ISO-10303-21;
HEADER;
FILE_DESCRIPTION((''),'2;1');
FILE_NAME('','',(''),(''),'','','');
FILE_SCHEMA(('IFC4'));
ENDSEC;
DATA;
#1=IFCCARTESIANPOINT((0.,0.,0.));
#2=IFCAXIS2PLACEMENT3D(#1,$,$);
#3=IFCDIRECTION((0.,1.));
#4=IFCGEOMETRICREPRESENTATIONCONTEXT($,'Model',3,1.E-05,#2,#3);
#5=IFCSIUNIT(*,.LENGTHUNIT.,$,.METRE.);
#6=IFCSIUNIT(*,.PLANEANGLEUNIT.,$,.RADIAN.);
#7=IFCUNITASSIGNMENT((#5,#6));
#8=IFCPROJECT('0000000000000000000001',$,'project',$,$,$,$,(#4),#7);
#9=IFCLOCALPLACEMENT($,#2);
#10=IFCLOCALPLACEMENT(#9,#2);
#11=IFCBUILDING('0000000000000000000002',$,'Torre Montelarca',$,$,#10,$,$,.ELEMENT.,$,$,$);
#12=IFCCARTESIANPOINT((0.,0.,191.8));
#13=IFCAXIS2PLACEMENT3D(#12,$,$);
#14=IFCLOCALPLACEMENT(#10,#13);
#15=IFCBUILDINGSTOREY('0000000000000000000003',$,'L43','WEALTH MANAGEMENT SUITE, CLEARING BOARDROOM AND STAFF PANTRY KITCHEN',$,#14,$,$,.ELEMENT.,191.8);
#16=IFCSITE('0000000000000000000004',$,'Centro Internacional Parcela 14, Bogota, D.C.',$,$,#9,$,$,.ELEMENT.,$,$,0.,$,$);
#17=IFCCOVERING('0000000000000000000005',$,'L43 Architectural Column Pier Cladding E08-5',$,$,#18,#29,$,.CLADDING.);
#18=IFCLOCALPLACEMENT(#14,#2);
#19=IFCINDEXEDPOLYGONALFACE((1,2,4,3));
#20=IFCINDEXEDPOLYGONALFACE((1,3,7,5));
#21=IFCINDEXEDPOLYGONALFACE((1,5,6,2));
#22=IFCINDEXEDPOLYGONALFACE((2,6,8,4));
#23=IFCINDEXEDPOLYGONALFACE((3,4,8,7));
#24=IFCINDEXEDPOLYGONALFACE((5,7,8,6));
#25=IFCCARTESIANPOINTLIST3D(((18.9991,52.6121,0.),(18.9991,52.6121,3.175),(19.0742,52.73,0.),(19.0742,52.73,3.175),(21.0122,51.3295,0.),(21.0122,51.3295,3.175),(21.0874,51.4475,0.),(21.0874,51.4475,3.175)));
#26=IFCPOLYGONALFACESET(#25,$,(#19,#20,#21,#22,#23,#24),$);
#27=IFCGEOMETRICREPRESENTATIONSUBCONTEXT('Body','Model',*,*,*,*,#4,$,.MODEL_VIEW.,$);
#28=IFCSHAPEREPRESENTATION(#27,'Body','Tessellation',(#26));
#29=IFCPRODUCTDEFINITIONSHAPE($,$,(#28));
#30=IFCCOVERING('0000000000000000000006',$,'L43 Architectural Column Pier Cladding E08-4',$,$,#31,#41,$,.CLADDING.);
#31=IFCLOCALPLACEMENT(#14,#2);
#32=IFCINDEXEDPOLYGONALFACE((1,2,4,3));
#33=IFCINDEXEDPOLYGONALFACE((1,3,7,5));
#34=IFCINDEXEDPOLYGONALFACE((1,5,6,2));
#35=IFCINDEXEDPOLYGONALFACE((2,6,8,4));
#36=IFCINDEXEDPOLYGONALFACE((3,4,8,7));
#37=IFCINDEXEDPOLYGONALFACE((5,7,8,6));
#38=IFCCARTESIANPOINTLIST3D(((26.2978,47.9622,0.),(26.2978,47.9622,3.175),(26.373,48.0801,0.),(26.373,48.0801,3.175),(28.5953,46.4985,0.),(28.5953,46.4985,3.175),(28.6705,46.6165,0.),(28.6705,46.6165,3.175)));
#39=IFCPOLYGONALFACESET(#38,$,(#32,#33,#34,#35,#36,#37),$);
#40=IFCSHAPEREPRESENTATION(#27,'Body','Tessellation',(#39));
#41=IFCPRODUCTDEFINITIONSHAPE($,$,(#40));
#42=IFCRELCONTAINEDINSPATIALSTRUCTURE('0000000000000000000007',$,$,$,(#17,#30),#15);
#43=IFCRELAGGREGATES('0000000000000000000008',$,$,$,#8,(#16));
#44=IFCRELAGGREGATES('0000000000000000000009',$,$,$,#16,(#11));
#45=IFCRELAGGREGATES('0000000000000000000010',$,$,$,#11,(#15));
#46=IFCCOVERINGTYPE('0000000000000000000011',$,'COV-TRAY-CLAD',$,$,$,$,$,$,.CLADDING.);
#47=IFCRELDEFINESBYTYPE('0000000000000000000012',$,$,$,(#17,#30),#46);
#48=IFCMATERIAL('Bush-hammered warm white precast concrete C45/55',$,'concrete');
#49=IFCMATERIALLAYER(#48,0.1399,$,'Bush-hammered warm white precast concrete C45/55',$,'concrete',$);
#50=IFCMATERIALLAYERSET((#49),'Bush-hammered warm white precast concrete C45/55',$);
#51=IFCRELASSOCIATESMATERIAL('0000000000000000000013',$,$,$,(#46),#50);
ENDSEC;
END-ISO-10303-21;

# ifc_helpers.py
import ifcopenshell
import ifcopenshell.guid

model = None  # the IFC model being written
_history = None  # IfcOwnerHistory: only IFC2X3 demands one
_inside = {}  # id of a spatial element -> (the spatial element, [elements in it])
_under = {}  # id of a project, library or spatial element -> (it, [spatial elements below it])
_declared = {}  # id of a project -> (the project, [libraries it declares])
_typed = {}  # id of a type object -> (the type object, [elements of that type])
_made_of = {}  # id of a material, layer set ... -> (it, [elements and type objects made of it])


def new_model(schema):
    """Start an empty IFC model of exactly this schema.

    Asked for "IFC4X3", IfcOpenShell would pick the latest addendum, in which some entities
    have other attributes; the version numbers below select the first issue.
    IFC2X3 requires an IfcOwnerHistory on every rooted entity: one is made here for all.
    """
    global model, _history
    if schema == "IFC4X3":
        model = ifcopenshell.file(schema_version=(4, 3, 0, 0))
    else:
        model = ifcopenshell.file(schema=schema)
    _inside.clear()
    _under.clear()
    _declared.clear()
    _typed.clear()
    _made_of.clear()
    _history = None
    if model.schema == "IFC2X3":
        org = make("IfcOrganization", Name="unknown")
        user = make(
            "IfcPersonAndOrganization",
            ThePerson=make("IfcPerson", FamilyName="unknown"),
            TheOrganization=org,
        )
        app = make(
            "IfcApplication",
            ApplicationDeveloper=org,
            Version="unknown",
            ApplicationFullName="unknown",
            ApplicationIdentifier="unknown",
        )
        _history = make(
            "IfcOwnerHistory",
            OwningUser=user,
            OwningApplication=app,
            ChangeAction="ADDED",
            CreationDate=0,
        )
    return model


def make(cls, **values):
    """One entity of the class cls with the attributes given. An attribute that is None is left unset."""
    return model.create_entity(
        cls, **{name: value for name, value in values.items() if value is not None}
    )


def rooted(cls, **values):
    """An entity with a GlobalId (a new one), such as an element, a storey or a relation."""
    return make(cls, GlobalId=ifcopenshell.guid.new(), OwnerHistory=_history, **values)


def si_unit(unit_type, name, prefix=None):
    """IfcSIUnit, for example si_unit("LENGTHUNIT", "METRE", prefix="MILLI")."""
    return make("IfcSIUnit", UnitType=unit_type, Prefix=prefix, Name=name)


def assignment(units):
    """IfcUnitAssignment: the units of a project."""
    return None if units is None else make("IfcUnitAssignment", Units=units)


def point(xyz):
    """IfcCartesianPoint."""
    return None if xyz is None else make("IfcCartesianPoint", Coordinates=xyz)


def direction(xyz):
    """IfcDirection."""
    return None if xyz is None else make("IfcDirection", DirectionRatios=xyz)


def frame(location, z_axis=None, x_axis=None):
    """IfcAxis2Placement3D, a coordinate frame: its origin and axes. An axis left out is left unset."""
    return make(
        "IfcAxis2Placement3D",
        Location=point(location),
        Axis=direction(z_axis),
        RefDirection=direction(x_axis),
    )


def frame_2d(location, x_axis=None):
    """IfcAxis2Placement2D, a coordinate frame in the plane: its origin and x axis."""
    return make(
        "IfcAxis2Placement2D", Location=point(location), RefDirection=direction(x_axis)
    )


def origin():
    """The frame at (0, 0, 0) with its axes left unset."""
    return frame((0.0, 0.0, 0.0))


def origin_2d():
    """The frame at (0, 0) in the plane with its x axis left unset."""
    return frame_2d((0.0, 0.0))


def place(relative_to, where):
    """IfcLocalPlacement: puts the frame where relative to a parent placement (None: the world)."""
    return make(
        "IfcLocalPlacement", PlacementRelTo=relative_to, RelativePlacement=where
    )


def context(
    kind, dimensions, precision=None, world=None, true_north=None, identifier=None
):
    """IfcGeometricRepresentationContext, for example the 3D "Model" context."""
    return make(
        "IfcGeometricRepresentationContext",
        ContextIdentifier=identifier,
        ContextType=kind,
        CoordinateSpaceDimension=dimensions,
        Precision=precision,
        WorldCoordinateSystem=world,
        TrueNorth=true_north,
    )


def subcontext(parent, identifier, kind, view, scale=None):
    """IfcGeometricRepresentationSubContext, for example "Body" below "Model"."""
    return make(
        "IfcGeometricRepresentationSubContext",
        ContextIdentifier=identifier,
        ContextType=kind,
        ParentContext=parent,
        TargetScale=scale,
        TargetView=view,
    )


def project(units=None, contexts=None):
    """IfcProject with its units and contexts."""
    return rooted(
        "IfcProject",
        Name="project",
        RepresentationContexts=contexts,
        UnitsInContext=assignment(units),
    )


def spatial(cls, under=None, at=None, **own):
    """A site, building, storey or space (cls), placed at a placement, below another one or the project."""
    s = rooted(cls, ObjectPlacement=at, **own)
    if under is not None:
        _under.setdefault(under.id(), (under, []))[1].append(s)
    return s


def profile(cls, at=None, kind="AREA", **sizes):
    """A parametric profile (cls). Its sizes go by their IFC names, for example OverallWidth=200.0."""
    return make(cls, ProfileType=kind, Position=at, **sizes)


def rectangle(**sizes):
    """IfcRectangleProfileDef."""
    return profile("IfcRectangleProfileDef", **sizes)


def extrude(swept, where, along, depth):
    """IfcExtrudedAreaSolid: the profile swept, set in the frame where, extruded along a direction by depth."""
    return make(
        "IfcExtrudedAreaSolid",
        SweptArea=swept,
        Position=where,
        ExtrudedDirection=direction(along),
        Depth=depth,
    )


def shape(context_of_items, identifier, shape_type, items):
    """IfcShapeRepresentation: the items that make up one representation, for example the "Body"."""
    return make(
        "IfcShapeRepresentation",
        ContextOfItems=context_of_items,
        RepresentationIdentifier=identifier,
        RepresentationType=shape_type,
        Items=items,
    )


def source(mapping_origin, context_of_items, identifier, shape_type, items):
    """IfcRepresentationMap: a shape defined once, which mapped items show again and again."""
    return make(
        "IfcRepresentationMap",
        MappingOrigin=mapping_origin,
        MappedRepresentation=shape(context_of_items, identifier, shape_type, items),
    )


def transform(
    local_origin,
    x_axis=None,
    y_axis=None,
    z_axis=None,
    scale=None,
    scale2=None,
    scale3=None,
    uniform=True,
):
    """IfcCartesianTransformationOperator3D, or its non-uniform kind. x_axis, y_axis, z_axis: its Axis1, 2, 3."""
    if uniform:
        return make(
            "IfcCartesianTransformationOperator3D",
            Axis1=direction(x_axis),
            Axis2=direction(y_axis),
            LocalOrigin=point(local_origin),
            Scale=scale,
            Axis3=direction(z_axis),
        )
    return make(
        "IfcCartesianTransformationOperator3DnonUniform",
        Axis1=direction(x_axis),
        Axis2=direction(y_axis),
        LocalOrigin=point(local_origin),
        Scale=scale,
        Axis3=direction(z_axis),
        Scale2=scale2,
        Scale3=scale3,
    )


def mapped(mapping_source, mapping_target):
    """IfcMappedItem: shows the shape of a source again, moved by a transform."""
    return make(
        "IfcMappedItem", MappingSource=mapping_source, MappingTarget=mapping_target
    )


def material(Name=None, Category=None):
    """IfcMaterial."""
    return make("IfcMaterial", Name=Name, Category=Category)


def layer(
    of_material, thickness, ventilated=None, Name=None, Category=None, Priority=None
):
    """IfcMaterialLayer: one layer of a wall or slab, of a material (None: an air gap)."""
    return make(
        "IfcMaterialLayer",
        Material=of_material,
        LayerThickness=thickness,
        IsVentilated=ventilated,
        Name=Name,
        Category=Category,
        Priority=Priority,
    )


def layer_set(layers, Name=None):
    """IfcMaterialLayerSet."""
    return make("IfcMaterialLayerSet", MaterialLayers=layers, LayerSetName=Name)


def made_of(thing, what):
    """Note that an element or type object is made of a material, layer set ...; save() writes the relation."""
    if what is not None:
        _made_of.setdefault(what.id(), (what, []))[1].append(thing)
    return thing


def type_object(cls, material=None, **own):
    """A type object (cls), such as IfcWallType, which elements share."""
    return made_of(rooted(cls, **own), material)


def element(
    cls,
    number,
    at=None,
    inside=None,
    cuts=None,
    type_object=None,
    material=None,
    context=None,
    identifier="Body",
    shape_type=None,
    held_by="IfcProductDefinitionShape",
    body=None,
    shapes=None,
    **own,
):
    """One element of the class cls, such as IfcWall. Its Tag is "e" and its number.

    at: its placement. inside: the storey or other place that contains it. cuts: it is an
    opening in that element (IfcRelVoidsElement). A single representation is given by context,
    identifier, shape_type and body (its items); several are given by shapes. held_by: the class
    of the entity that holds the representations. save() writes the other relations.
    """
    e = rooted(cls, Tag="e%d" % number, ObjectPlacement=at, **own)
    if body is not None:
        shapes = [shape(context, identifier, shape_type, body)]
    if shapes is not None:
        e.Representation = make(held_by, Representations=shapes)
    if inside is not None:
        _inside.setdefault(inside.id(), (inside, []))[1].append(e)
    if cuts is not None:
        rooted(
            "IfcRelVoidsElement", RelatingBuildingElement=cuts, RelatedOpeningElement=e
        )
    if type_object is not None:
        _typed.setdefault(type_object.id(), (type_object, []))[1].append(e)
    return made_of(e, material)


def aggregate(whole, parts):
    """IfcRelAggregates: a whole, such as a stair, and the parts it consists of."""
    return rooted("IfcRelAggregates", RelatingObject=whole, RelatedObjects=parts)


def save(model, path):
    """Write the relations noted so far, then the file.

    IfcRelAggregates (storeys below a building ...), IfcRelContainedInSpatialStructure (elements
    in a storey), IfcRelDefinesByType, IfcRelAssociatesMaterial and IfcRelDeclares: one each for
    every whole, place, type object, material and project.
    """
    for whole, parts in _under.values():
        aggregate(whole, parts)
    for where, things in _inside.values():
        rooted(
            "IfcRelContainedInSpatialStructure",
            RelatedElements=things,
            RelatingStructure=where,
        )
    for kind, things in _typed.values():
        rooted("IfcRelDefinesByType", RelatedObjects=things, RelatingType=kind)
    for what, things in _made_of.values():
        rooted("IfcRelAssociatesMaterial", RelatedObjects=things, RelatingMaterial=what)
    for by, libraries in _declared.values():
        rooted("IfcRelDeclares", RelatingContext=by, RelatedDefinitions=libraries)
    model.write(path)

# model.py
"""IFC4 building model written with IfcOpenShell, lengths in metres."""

from ifc_helpers import new_model, si_unit, direction, frame, origin, origin_2d, place, context, subcontext, project, spatial, rectangle, extrude, source, transform, mapped, material, layer, layer_set, type_object, element, save


model = new_model("IFC4")

# Units and contexts
model_context = context("Model", 3, precision=1e-05, world=origin(), true_north=direction((0.0, 1.0)))
body_context = subcontext(model_context, "Body", "Model", "MODEL_VIEW")
ifc_project = project(units=[si_unit("LENGTHUNIT", "METRE"), si_unit("PLANEANGLEUNIT", "RADIAN")], contexts=[model_context])

# Site, building, storey
site_placement = place(None, origin())
site = spatial("IfcSite", under=ifc_project, at=site_placement, Name="Centro Internacional Parcela 14, Bogota, D.C.", CompositionType="ELEMENT", RefElevation=0.0)
building_placement = place(site_placement, origin())
building = spatial("IfcBuilding", under=site, at=building_placement, Name="Torre Montelarca", CompositionType="ELEMENT")
storey_placement = place(building_placement, frame((0.0, 0.0, 191.8)))
storey = spatial("IfcBuildingStorey", under=building, at=storey_placement, Name="L43", Description="WEALTH MANAGEMENT SUITE, CLEARING BOARDROOM AND STAFF PANTRY KITCHEN", CompositionType="ELEMENT", Elevation=191.8)

# Coverings
ifc_material_1 = material(Name="Bush-hammered warm white precast concrete C45/55", Category="concrete")
ifc_layer_1 = layer(ifc_material_1, 0.1399, Name="Bush-hammered warm white precast concrete C45/55", Category="concrete")
ifc_layer_set_1 = layer_set([ifc_layer_1], Name="Bush-hammered warm white precast concrete C45/55")
covering_type = type_object("IfcCoveringType", Name="COV-TRAY-CLAD", PredefinedType="CLADDING", material=ifc_layer_set_1)
shared_shape_1 = source(origin(), body_context, "Body", "SweptSolid", [
    extrude(rectangle(XDim=2.387, YDim=0.1399, at=origin_2d()), origin(), (0.0, 0.0, 1.0), 3.175),
])
covering_1_placement = place(storey_placement, frame((20.0432, 52.0298, 0.0), z_axis=(0.0, 0.0, 1.0), x_axis=(-0.843391, 0.537301, 0.0)))
element("IfcCovering", 1, at=covering_1_placement, inside=storey, type_object=covering_type, Name="L43 Architectural Column Pier Cladding E08-5", PredefinedType="CLADDING", context=body_context, shape_type="MappedRepresentation", body=[
    mapped(shared_shape_1, transform((0.0, 0.0, 0.0), scale=1.0)),
])
shared_shape_2 = source(origin(), body_context, "Body", "SweptSolid", [
    extrude(rectangle(XDim=2.7241, YDim=0.1399, at=origin_2d()), origin(), (0.0, 0.0, 1.0), 3.175),
])
covering_2_placement = place(storey_placement, frame((27.4841, 47.2893, 0.0), z_axis=(0.0, 0.0, 1.0), x_axis=(-0.843391, 0.537301, 0.0)))
element("IfcCovering", 2, at=covering_2_placement, inside=storey, type_object=covering_type, Name="L43 Architectural Column Pier Cladding E08-4", PredefinedType="CLADDING", context=body_context, shape_type="MappedRepresentation", body=[
    mapped(shared_shape_2, transform((0.0, 0.0, 0.0), scale=1.0)),
])

save(model, "model.ifc")
